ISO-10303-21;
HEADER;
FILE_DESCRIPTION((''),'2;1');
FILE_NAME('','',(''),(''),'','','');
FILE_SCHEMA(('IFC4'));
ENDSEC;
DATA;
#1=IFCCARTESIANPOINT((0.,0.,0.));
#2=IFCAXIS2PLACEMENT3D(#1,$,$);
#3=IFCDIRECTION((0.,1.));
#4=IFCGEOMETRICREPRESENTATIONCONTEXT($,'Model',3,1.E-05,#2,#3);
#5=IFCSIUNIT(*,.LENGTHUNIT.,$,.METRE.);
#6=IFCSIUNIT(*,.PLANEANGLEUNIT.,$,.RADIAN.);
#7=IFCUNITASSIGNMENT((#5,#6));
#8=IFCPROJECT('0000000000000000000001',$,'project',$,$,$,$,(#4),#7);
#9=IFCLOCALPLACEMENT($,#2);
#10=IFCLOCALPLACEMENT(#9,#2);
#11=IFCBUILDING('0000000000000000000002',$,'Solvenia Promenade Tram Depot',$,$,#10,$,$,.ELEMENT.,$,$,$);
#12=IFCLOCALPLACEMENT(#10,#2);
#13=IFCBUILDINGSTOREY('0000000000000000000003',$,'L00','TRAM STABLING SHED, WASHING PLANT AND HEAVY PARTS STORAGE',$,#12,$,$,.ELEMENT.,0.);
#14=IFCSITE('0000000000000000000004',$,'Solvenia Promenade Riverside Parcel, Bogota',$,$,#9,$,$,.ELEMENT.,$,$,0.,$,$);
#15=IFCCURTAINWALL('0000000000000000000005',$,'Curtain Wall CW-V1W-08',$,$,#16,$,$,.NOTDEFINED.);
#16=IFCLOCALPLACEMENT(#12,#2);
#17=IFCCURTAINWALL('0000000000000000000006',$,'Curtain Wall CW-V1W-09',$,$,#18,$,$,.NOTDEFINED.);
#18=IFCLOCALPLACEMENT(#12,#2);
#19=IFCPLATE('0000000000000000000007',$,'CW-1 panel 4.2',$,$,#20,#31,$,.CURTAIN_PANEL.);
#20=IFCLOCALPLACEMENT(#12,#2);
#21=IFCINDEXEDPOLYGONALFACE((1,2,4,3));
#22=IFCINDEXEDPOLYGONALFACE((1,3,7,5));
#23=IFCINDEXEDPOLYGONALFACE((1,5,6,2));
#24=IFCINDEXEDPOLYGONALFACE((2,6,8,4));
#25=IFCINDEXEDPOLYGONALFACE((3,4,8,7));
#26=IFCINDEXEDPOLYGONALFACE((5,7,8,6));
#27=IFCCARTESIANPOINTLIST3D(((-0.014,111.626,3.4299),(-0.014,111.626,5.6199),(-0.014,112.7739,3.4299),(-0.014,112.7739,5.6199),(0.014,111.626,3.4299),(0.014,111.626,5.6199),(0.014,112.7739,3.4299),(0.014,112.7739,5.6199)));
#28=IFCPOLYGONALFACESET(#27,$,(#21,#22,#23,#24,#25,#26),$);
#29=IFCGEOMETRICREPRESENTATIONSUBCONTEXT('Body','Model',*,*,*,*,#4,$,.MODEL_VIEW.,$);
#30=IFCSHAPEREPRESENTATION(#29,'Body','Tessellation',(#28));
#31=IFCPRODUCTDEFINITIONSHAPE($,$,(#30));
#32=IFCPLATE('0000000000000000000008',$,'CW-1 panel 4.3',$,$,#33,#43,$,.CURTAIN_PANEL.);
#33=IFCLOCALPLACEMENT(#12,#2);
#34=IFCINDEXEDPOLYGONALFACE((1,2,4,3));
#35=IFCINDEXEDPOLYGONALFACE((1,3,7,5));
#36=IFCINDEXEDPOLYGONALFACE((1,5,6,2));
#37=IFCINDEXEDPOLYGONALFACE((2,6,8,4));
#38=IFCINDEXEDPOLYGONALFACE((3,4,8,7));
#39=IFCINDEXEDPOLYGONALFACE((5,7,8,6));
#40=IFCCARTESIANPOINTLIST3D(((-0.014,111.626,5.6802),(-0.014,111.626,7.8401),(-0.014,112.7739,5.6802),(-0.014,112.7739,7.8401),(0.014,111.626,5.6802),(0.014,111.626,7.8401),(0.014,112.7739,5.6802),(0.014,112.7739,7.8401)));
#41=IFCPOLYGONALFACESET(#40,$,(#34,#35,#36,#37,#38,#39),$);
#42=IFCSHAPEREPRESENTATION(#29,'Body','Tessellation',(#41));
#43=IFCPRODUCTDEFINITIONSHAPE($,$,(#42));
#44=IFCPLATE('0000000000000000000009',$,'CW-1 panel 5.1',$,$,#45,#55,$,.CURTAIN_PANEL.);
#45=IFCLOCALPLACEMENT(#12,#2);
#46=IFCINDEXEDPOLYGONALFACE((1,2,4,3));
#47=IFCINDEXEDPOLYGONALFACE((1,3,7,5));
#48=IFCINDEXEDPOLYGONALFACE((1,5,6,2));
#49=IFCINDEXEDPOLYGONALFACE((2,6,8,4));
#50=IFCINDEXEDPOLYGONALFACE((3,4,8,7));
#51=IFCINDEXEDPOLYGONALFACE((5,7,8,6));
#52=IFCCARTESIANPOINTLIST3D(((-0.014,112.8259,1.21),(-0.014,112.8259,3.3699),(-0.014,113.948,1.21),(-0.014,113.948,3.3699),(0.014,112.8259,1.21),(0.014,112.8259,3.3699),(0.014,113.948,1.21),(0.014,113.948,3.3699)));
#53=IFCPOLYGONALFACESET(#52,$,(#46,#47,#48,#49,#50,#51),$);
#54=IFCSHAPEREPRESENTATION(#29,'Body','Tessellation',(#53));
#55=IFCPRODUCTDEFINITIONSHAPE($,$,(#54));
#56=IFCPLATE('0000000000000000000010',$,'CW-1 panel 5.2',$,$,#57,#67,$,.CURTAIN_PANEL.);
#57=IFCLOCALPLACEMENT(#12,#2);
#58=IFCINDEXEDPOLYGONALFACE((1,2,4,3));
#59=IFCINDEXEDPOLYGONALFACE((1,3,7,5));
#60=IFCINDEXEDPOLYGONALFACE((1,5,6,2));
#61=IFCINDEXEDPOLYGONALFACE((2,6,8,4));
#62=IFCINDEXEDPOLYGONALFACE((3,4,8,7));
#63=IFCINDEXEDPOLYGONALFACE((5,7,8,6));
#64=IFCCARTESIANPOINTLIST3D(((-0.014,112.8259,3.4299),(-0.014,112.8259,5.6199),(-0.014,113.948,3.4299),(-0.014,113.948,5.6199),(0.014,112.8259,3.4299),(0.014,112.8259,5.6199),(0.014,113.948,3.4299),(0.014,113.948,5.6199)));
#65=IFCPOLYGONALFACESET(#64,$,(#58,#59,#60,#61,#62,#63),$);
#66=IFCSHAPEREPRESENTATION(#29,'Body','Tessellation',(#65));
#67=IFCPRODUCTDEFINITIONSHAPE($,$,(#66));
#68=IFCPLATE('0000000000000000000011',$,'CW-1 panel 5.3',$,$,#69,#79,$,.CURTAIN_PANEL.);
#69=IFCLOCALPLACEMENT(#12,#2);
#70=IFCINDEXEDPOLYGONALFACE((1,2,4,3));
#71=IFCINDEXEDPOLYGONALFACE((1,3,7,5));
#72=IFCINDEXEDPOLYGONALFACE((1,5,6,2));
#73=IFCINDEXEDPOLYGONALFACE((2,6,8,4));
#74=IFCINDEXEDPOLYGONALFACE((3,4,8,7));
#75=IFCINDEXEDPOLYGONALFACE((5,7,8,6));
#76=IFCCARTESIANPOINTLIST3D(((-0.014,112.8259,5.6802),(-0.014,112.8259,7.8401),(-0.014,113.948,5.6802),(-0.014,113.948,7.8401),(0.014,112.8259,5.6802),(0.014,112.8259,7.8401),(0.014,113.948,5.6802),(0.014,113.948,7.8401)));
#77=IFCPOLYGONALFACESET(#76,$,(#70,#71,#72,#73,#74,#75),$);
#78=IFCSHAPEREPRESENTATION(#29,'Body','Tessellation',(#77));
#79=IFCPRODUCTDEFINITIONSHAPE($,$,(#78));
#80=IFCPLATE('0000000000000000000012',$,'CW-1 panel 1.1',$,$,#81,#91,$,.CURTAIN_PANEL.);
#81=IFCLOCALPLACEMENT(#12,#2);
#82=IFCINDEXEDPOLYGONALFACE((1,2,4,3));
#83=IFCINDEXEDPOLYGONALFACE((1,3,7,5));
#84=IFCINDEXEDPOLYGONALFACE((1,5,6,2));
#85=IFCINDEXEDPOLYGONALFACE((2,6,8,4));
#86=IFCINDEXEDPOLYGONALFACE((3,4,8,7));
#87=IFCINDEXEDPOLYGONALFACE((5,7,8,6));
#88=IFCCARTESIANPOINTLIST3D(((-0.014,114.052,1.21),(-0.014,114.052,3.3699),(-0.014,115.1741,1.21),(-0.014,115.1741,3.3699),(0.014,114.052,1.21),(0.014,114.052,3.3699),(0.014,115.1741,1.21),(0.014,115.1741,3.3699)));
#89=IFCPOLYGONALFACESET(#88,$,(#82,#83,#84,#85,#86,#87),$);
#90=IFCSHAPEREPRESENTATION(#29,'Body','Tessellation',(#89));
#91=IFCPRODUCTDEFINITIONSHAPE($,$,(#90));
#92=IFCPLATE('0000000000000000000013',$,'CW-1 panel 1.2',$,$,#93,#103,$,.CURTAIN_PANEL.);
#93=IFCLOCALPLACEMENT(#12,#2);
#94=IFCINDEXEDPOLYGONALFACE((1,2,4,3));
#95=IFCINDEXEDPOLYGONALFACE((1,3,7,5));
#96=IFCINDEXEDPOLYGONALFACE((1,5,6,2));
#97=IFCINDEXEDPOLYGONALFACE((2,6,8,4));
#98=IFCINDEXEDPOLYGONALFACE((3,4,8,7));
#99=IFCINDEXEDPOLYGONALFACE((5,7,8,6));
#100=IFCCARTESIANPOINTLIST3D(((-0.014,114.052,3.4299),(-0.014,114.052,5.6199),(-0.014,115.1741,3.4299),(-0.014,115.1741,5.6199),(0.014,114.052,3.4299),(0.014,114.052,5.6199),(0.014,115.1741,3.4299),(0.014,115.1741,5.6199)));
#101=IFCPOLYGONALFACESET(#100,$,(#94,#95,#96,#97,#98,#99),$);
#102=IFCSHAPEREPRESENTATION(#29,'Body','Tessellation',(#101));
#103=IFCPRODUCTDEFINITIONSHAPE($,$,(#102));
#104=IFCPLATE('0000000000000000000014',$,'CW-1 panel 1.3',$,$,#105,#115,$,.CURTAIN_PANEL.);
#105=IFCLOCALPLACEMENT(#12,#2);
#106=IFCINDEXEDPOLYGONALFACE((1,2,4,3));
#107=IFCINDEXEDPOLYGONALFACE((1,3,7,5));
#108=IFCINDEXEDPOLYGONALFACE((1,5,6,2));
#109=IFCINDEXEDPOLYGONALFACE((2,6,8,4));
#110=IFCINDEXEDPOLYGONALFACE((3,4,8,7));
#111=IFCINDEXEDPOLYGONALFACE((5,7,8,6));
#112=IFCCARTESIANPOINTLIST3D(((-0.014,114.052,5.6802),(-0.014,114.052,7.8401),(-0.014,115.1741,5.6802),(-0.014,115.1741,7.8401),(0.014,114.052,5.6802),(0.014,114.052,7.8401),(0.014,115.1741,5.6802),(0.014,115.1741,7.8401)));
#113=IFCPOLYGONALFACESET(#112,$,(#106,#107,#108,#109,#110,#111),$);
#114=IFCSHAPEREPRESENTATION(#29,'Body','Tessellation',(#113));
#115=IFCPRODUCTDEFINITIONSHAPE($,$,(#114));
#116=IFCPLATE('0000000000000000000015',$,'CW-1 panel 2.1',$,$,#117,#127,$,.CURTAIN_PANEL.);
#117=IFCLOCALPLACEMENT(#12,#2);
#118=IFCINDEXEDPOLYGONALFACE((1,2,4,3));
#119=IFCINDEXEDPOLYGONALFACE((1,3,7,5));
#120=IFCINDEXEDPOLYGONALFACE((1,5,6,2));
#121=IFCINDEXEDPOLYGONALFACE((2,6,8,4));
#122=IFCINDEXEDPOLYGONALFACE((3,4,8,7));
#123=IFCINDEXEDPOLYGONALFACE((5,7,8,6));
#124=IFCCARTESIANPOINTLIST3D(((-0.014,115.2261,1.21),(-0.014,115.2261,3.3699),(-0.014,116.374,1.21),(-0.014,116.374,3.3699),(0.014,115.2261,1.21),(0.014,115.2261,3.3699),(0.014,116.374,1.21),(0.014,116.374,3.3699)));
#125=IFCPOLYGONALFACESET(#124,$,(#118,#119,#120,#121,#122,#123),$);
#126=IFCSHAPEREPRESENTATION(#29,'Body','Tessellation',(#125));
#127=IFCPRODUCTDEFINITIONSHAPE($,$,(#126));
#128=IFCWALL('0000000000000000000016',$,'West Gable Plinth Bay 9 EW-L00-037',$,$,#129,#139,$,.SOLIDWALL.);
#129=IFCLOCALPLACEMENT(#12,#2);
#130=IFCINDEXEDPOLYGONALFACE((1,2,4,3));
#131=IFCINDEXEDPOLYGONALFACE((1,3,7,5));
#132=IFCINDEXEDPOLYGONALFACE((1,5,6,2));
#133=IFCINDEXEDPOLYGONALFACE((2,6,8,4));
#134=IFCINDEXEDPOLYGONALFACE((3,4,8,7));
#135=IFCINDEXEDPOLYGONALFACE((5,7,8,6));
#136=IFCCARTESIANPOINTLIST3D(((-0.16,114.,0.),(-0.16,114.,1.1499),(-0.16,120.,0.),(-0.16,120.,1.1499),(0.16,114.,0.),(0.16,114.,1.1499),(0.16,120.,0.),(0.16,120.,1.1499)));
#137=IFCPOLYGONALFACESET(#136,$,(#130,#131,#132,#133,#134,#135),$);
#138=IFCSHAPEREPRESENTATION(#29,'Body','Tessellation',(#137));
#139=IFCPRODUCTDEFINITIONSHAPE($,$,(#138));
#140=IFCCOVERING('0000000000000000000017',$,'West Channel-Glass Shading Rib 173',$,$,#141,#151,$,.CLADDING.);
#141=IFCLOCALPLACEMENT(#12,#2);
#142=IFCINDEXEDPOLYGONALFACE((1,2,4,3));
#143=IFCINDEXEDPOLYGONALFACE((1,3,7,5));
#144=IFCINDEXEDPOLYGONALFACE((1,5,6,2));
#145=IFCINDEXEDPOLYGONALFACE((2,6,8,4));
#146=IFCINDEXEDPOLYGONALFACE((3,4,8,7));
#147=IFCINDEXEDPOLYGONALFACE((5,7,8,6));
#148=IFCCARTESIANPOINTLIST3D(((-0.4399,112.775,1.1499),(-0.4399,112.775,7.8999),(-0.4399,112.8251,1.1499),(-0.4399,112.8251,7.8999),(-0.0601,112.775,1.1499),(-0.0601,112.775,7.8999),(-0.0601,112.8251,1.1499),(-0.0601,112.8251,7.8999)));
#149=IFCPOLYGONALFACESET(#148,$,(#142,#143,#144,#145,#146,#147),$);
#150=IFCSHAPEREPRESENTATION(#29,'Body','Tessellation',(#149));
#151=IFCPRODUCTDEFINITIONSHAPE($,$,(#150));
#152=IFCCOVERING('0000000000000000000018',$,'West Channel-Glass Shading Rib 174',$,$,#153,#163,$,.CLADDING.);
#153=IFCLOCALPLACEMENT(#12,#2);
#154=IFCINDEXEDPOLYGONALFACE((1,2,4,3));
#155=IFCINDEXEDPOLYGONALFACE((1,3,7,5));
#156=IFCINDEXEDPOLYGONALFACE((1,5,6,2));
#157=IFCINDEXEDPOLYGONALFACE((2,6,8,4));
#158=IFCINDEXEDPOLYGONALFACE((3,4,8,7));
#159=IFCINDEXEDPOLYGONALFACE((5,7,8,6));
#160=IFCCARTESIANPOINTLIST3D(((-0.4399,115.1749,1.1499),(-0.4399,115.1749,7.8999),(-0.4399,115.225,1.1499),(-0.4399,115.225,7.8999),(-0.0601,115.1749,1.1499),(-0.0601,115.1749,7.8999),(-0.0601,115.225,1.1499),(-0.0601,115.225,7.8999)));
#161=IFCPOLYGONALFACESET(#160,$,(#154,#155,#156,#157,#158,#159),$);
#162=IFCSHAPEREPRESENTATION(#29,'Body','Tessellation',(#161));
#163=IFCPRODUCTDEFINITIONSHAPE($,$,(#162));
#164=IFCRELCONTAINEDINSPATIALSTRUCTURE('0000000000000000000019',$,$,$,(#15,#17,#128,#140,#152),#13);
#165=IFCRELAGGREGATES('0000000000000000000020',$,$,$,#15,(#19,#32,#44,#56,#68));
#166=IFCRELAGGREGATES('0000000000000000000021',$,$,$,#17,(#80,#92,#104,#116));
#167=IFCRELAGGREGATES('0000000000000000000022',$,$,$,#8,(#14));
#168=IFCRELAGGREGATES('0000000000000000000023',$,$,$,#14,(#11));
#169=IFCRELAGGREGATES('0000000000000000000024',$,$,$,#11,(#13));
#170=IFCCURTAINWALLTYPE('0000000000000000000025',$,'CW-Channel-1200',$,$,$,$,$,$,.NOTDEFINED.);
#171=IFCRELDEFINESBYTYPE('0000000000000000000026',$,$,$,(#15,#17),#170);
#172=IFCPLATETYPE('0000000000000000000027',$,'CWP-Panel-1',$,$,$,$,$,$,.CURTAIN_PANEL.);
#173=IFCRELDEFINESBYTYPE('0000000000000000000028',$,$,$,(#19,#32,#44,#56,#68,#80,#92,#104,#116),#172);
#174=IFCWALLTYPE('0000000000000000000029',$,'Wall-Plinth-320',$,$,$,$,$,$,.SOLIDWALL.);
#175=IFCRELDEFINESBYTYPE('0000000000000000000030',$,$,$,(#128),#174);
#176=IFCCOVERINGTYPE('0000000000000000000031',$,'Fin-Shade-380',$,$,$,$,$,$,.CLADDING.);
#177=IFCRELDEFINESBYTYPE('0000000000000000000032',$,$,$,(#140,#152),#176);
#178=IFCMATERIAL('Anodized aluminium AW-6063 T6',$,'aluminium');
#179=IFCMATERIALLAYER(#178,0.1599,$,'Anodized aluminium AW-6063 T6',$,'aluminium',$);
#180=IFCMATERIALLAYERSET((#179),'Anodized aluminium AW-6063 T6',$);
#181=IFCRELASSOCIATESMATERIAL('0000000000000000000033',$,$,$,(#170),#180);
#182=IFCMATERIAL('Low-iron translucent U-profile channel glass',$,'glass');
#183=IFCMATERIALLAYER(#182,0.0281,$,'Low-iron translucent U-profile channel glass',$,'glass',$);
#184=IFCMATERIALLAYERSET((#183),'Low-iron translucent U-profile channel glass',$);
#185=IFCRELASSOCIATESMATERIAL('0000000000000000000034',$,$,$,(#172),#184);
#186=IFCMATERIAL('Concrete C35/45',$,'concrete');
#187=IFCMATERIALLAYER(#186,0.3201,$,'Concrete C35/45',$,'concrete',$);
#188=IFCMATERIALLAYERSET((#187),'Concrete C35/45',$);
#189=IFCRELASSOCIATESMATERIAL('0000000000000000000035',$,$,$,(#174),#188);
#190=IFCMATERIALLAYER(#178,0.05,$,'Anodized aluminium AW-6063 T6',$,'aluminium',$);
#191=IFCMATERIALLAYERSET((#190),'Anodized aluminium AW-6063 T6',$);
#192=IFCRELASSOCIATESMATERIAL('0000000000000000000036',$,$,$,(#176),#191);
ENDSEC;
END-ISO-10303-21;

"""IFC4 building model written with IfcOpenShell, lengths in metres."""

from ifc_helpers import new_model, si_unit, direction, frame, frame_2d, origin, origin_2d, place, context, subcontext, project, spatial, rectangle, extrude, material, layer, layer_set, type_object, element, aggregate, save


model = new_model("IFC4")

# Units and contexts
model_context = context("Model", 3, precision=1e-05, world=origin(), true_north=direction((0.0, 1.0)))
body_context = subcontext(model_context, "Body", "Model", "MODEL_VIEW")
ifc_project = project(units=[si_unit("LENGTHUNIT", "METRE"), si_unit("PLANEANGLEUNIT", "RADIAN")], contexts=[model_context])

# Site, building, storey
site_placement = place(None, origin())
site = spatial("IfcSite", under=ifc_project, at=site_placement, Name="Solvenia Promenade Riverside Parcel, Bogota", CompositionType="ELEMENT", RefElevation=0.0)
building_placement = place(site_placement, origin())
building = spatial("IfcBuilding", under=site, at=building_placement, Name="Solvenia Promenade Tram Depot", CompositionType="ELEMENT")
storey_placement = place(building_placement, origin())
storey = spatial("IfcBuildingStorey", under=building, at=storey_placement, Name="L00", Description="TRAM STABLING SHED, WASHING PLANT AND HEAVY PARTS STORAGE", CompositionType="ELEMENT", Elevation=0.0)

# Curtain walls
ifc_material_1 = material(Name="Anodized aluminium AW-6063 T6", Category="aluminium")
ifc_layer_1 = layer(ifc_material_1, 0.1599, Name="Anodized aluminium AW-6063 T6", Category="aluminium")
ifc_layer_set_1 = layer_set([ifc_layer_1], Name="Anodized aluminium AW-6063 T6")
curtain_wall_type = type_object("IfcCurtainWallType", Name="CW-Channel-1200", PredefinedType="NOTDEFINED", material=ifc_layer_set_1)
curtain_wall_1_placement = place(storey_placement, origin())
curtain_wall_1 = element("IfcCurtainWall", 1, at=curtain_wall_1_placement, inside=storey, type_object=curtain_wall_type, Name="Curtain Wall CW-V1W-08", PredefinedType="NOTDEFINED")
curtain_wall_2_placement = place(storey_placement, origin())
curtain_wall_2 = element("IfcCurtainWall", 2, at=curtain_wall_2_placement, inside=storey, type_object=curtain_wall_type, Name="Curtain Wall CW-V1W-09", PredefinedType="NOTDEFINED")

# Plates
ifc_material_2 = material(Name="Low-iron translucent U-profile channel glass", Category="glass")
ifc_layer_2 = layer(ifc_material_2, 0.0281, Name="Low-iron translucent U-profile channel glass", Category="glass")
ifc_layer_set_2 = layer_set([ifc_layer_2], Name="Low-iron translucent U-profile channel glass")
plate_type = type_object("IfcPlateType", Name="CWP-Panel-1", PredefinedType="CURTAIN_PANEL", material=ifc_layer_set_2)
plate_1_placement = place(storey_placement, frame((0.0, 112.2, 3.4299), z_axis=(0.0, 0.0, 1.0), x_axis=(0.0, 1.0, 0.0)))
plate_1 = element("IfcPlate", 3, at=plate_1_placement, type_object=plate_type, Name="CW-1 panel 4.2", PredefinedType="CURTAIN_PANEL", context=body_context, shape_type="SweptSolid", body=[
    extrude(rectangle(XDim=1.1479, YDim=0.0281, at=origin_2d()), origin(), (0.0, 0.0, 1.0), 2.1899),
])
plate_2_placement = place(storey_placement, frame((0.0, 112.2, 5.6802), z_axis=(0.0, 0.0, 1.0), x_axis=(0.0, 1.0, 0.0)))
plate_2 = element("IfcPlate", 4, at=plate_2_placement, type_object=plate_type, Name="CW-1 panel 4.3", PredefinedType="CURTAIN_PANEL", context=body_context, shape_type="SweptSolid", body=[
    extrude(rectangle(XDim=1.1479, YDim=0.0281, at=origin_2d()), origin(), (0.0, 0.0, 1.0), 2.1599),
])
plate_3_placement = place(storey_placement, frame((0.0, 113.387, 1.21), z_axis=(0.0, 0.0, 1.0), x_axis=(0.0, 1.0, 0.0)))
plate_3 = element("IfcPlate", 5, at=plate_3_placement, type_object=plate_type, Name="CW-1 panel 5.1", PredefinedType="CURTAIN_PANEL", context=body_context, shape_type="SweptSolid", body=[
    extrude(rectangle(XDim=1.1221, YDim=0.0281, at=origin_2d()), origin(), (0.0, 0.0, 1.0), 2.1599),
])
plate_4_placement = place(storey_placement, frame((0.0, 113.387, 3.4299), z_axis=(0.0, 0.0, 1.0), x_axis=(0.0, 1.0, 0.0)))
plate_4 = element("IfcPlate", 6, at=plate_4_placement, type_object=plate_type, Name="CW-1 panel 5.2", PredefinedType="CURTAIN_PANEL", context=body_context, shape_type="SweptSolid", body=[
    extrude(rectangle(XDim=1.1221, YDim=0.0281, at=origin_2d()), origin(), (0.0, 0.0, 1.0), 2.1899),
])
plate_5_placement = place(storey_placement, frame((0.0, 113.387, 5.6802), z_axis=(0.0, 0.0, 1.0), x_axis=(0.0, 1.0, 0.0)))
plate_5 = element("IfcPlate", 7, at=plate_5_placement, type_object=plate_type, Name="CW-1 panel 5.3", PredefinedType="CURTAIN_PANEL", context=body_context, shape_type="SweptSolid", body=[
    extrude(rectangle(XDim=1.1221, YDim=0.0281, at=origin_2d()), origin(), (0.0, 0.0, 1.0), 2.1599),
])
aggregate(curtain_wall_1, [plate_1, plate_2, plate_3, plate_4, plate_5])
plate_6_placement = place(storey_placement, frame((0.0, 114.613, 1.21), z_axis=(0.0, 0.0, 1.0), x_axis=(0.0, 1.0, 0.0)))
plate_6 = element("IfcPlate", 8, at=plate_6_placement, type_object=plate_type, Name="CW-1 panel 1.1", PredefinedType="CURTAIN_PANEL", context=body_context, shape_type="SweptSolid", body=[
    extrude(rectangle(XDim=1.1221, YDim=0.0281, at=origin_2d()), origin(), (0.0, 0.0, 1.0), 2.1599),
])
plate_7_placement = place(storey_placement, frame((0.0, 114.613, 3.4299), z_axis=(0.0, 0.0, 1.0), x_axis=(0.0, 1.0, 0.0)))
plate_7 = element("IfcPlate", 9, at=plate_7_placement, type_object=plate_type, Name="CW-1 panel 1.2", PredefinedType="CURTAIN_PANEL", context=body_context, shape_type="SweptSolid", body=[
    extrude(rectangle(XDim=1.1221, YDim=0.0281, at=origin_2d()), origin(), (0.0, 0.0, 1.0), 2.1899),
])
plate_8_placement = place(storey_placement, frame((0.0, 114.613, 5.6802), z_axis=(0.0, 0.0, 1.0), x_axis=(0.0, 1.0, 0.0)))
plate_8 = element("IfcPlate", 10, at=plate_8_placement, type_object=plate_type, Name="CW-1 panel 1.3", PredefinedType="CURTAIN_PANEL", context=body_context, shape_type="SweptSolid", body=[
    extrude(rectangle(XDim=1.1221, YDim=0.0281, at=origin_2d()), origin(), (0.0, 0.0, 1.0), 2.1599),
])
plate_9_placement = place(storey_placement, frame((0.0, 115.8, 1.21), z_axis=(0.0, 0.0, 1.0), x_axis=(0.0, 1.0, 0.0)))
plate_9 = element("IfcPlate", 11, at=plate_9_placement, type_object=plate_type, Name="CW-1 panel 2.1", PredefinedType="CURTAIN_PANEL", context=body_context, shape_type="SweptSolid", body=[
    extrude(rectangle(XDim=1.1479, YDim=0.0281, at=origin_2d()), origin(), (0.0, 0.0, 1.0), 2.1599),
])
aggregate(curtain_wall_2, [plate_6, plate_7, plate_8, plate_9])

# Wall
ifc_material_3 = material(Name="Concrete C35/45", Category="concrete")
ifc_layer_3 = layer(ifc_material_3, 0.3201, Name="Concrete C35/45", Category="concrete")
ifc_layer_set_3 = layer_set([ifc_layer_3], Name="Concrete C35/45")
wall_type = type_object("IfcWallType", Name="Wall-Plinth-320", PredefinedType="SOLIDWALL", material=ifc_layer_set_3)
wall_placement = place(storey_placement, frame((0.0, 114.0, 0.0), z_axis=(0.0, 0.0, 1.0), x_axis=(0.0, 1.0, 0.0)))
element("IfcWall", 12, at=wall_placement, inside=storey, type_object=wall_type, Name="West Gable Plinth Bay 9 EW-L00-037", PredefinedType="SOLIDWALL", context=body_context, shape_type="SweptSolid", body=[
    extrude(rectangle(XDim=6.0, YDim=0.3201, at=frame_2d((3.0, 0.0))), origin(), (0.0, 0.0, 1.0), 1.1499),
])

# Coverings
ifc_layer_4 = layer(ifc_material_1, 0.05, Name="Anodized aluminium AW-6063 T6", Category="aluminium")
ifc_layer_set_4 = layer_set([ifc_layer_4], Name="Anodized aluminium AW-6063 T6")
covering_type = type_object("IfcCoveringType", Name="Fin-Shade-380", PredefinedType="CLADDING", material=ifc_layer_set_4)
for number, where, z_axis, x_axis, name in (
    (13, (-0.25, 112.8, 1.1499), (0.0, 0.0, 1.0), (1.0, 0.0, 0.0), "West Channel-Glass Shading Rib 173"),
    (14, (-0.25, 115.2, 1.1499), (0.0, 0.0, 1.0), (1.0, 0.0, 0.0), "West Channel-Glass Shading Rib 174"),
):
    element("IfcCovering", number, at=place(storey_placement, frame(where, z_axis=z_axis, x_axis=x_axis)), inside=storey, type_object=covering_type, Name=name, PredefinedType="CLADDING", context=body_context, shape_type="SweptSolid", body=[
        extrude(rectangle(XDim=0.3799, YDim=0.05, at=origin_2d()), origin(), (0.0, 0.0, 1.0), 6.75),
    ])

save(model, "model.ifc")
